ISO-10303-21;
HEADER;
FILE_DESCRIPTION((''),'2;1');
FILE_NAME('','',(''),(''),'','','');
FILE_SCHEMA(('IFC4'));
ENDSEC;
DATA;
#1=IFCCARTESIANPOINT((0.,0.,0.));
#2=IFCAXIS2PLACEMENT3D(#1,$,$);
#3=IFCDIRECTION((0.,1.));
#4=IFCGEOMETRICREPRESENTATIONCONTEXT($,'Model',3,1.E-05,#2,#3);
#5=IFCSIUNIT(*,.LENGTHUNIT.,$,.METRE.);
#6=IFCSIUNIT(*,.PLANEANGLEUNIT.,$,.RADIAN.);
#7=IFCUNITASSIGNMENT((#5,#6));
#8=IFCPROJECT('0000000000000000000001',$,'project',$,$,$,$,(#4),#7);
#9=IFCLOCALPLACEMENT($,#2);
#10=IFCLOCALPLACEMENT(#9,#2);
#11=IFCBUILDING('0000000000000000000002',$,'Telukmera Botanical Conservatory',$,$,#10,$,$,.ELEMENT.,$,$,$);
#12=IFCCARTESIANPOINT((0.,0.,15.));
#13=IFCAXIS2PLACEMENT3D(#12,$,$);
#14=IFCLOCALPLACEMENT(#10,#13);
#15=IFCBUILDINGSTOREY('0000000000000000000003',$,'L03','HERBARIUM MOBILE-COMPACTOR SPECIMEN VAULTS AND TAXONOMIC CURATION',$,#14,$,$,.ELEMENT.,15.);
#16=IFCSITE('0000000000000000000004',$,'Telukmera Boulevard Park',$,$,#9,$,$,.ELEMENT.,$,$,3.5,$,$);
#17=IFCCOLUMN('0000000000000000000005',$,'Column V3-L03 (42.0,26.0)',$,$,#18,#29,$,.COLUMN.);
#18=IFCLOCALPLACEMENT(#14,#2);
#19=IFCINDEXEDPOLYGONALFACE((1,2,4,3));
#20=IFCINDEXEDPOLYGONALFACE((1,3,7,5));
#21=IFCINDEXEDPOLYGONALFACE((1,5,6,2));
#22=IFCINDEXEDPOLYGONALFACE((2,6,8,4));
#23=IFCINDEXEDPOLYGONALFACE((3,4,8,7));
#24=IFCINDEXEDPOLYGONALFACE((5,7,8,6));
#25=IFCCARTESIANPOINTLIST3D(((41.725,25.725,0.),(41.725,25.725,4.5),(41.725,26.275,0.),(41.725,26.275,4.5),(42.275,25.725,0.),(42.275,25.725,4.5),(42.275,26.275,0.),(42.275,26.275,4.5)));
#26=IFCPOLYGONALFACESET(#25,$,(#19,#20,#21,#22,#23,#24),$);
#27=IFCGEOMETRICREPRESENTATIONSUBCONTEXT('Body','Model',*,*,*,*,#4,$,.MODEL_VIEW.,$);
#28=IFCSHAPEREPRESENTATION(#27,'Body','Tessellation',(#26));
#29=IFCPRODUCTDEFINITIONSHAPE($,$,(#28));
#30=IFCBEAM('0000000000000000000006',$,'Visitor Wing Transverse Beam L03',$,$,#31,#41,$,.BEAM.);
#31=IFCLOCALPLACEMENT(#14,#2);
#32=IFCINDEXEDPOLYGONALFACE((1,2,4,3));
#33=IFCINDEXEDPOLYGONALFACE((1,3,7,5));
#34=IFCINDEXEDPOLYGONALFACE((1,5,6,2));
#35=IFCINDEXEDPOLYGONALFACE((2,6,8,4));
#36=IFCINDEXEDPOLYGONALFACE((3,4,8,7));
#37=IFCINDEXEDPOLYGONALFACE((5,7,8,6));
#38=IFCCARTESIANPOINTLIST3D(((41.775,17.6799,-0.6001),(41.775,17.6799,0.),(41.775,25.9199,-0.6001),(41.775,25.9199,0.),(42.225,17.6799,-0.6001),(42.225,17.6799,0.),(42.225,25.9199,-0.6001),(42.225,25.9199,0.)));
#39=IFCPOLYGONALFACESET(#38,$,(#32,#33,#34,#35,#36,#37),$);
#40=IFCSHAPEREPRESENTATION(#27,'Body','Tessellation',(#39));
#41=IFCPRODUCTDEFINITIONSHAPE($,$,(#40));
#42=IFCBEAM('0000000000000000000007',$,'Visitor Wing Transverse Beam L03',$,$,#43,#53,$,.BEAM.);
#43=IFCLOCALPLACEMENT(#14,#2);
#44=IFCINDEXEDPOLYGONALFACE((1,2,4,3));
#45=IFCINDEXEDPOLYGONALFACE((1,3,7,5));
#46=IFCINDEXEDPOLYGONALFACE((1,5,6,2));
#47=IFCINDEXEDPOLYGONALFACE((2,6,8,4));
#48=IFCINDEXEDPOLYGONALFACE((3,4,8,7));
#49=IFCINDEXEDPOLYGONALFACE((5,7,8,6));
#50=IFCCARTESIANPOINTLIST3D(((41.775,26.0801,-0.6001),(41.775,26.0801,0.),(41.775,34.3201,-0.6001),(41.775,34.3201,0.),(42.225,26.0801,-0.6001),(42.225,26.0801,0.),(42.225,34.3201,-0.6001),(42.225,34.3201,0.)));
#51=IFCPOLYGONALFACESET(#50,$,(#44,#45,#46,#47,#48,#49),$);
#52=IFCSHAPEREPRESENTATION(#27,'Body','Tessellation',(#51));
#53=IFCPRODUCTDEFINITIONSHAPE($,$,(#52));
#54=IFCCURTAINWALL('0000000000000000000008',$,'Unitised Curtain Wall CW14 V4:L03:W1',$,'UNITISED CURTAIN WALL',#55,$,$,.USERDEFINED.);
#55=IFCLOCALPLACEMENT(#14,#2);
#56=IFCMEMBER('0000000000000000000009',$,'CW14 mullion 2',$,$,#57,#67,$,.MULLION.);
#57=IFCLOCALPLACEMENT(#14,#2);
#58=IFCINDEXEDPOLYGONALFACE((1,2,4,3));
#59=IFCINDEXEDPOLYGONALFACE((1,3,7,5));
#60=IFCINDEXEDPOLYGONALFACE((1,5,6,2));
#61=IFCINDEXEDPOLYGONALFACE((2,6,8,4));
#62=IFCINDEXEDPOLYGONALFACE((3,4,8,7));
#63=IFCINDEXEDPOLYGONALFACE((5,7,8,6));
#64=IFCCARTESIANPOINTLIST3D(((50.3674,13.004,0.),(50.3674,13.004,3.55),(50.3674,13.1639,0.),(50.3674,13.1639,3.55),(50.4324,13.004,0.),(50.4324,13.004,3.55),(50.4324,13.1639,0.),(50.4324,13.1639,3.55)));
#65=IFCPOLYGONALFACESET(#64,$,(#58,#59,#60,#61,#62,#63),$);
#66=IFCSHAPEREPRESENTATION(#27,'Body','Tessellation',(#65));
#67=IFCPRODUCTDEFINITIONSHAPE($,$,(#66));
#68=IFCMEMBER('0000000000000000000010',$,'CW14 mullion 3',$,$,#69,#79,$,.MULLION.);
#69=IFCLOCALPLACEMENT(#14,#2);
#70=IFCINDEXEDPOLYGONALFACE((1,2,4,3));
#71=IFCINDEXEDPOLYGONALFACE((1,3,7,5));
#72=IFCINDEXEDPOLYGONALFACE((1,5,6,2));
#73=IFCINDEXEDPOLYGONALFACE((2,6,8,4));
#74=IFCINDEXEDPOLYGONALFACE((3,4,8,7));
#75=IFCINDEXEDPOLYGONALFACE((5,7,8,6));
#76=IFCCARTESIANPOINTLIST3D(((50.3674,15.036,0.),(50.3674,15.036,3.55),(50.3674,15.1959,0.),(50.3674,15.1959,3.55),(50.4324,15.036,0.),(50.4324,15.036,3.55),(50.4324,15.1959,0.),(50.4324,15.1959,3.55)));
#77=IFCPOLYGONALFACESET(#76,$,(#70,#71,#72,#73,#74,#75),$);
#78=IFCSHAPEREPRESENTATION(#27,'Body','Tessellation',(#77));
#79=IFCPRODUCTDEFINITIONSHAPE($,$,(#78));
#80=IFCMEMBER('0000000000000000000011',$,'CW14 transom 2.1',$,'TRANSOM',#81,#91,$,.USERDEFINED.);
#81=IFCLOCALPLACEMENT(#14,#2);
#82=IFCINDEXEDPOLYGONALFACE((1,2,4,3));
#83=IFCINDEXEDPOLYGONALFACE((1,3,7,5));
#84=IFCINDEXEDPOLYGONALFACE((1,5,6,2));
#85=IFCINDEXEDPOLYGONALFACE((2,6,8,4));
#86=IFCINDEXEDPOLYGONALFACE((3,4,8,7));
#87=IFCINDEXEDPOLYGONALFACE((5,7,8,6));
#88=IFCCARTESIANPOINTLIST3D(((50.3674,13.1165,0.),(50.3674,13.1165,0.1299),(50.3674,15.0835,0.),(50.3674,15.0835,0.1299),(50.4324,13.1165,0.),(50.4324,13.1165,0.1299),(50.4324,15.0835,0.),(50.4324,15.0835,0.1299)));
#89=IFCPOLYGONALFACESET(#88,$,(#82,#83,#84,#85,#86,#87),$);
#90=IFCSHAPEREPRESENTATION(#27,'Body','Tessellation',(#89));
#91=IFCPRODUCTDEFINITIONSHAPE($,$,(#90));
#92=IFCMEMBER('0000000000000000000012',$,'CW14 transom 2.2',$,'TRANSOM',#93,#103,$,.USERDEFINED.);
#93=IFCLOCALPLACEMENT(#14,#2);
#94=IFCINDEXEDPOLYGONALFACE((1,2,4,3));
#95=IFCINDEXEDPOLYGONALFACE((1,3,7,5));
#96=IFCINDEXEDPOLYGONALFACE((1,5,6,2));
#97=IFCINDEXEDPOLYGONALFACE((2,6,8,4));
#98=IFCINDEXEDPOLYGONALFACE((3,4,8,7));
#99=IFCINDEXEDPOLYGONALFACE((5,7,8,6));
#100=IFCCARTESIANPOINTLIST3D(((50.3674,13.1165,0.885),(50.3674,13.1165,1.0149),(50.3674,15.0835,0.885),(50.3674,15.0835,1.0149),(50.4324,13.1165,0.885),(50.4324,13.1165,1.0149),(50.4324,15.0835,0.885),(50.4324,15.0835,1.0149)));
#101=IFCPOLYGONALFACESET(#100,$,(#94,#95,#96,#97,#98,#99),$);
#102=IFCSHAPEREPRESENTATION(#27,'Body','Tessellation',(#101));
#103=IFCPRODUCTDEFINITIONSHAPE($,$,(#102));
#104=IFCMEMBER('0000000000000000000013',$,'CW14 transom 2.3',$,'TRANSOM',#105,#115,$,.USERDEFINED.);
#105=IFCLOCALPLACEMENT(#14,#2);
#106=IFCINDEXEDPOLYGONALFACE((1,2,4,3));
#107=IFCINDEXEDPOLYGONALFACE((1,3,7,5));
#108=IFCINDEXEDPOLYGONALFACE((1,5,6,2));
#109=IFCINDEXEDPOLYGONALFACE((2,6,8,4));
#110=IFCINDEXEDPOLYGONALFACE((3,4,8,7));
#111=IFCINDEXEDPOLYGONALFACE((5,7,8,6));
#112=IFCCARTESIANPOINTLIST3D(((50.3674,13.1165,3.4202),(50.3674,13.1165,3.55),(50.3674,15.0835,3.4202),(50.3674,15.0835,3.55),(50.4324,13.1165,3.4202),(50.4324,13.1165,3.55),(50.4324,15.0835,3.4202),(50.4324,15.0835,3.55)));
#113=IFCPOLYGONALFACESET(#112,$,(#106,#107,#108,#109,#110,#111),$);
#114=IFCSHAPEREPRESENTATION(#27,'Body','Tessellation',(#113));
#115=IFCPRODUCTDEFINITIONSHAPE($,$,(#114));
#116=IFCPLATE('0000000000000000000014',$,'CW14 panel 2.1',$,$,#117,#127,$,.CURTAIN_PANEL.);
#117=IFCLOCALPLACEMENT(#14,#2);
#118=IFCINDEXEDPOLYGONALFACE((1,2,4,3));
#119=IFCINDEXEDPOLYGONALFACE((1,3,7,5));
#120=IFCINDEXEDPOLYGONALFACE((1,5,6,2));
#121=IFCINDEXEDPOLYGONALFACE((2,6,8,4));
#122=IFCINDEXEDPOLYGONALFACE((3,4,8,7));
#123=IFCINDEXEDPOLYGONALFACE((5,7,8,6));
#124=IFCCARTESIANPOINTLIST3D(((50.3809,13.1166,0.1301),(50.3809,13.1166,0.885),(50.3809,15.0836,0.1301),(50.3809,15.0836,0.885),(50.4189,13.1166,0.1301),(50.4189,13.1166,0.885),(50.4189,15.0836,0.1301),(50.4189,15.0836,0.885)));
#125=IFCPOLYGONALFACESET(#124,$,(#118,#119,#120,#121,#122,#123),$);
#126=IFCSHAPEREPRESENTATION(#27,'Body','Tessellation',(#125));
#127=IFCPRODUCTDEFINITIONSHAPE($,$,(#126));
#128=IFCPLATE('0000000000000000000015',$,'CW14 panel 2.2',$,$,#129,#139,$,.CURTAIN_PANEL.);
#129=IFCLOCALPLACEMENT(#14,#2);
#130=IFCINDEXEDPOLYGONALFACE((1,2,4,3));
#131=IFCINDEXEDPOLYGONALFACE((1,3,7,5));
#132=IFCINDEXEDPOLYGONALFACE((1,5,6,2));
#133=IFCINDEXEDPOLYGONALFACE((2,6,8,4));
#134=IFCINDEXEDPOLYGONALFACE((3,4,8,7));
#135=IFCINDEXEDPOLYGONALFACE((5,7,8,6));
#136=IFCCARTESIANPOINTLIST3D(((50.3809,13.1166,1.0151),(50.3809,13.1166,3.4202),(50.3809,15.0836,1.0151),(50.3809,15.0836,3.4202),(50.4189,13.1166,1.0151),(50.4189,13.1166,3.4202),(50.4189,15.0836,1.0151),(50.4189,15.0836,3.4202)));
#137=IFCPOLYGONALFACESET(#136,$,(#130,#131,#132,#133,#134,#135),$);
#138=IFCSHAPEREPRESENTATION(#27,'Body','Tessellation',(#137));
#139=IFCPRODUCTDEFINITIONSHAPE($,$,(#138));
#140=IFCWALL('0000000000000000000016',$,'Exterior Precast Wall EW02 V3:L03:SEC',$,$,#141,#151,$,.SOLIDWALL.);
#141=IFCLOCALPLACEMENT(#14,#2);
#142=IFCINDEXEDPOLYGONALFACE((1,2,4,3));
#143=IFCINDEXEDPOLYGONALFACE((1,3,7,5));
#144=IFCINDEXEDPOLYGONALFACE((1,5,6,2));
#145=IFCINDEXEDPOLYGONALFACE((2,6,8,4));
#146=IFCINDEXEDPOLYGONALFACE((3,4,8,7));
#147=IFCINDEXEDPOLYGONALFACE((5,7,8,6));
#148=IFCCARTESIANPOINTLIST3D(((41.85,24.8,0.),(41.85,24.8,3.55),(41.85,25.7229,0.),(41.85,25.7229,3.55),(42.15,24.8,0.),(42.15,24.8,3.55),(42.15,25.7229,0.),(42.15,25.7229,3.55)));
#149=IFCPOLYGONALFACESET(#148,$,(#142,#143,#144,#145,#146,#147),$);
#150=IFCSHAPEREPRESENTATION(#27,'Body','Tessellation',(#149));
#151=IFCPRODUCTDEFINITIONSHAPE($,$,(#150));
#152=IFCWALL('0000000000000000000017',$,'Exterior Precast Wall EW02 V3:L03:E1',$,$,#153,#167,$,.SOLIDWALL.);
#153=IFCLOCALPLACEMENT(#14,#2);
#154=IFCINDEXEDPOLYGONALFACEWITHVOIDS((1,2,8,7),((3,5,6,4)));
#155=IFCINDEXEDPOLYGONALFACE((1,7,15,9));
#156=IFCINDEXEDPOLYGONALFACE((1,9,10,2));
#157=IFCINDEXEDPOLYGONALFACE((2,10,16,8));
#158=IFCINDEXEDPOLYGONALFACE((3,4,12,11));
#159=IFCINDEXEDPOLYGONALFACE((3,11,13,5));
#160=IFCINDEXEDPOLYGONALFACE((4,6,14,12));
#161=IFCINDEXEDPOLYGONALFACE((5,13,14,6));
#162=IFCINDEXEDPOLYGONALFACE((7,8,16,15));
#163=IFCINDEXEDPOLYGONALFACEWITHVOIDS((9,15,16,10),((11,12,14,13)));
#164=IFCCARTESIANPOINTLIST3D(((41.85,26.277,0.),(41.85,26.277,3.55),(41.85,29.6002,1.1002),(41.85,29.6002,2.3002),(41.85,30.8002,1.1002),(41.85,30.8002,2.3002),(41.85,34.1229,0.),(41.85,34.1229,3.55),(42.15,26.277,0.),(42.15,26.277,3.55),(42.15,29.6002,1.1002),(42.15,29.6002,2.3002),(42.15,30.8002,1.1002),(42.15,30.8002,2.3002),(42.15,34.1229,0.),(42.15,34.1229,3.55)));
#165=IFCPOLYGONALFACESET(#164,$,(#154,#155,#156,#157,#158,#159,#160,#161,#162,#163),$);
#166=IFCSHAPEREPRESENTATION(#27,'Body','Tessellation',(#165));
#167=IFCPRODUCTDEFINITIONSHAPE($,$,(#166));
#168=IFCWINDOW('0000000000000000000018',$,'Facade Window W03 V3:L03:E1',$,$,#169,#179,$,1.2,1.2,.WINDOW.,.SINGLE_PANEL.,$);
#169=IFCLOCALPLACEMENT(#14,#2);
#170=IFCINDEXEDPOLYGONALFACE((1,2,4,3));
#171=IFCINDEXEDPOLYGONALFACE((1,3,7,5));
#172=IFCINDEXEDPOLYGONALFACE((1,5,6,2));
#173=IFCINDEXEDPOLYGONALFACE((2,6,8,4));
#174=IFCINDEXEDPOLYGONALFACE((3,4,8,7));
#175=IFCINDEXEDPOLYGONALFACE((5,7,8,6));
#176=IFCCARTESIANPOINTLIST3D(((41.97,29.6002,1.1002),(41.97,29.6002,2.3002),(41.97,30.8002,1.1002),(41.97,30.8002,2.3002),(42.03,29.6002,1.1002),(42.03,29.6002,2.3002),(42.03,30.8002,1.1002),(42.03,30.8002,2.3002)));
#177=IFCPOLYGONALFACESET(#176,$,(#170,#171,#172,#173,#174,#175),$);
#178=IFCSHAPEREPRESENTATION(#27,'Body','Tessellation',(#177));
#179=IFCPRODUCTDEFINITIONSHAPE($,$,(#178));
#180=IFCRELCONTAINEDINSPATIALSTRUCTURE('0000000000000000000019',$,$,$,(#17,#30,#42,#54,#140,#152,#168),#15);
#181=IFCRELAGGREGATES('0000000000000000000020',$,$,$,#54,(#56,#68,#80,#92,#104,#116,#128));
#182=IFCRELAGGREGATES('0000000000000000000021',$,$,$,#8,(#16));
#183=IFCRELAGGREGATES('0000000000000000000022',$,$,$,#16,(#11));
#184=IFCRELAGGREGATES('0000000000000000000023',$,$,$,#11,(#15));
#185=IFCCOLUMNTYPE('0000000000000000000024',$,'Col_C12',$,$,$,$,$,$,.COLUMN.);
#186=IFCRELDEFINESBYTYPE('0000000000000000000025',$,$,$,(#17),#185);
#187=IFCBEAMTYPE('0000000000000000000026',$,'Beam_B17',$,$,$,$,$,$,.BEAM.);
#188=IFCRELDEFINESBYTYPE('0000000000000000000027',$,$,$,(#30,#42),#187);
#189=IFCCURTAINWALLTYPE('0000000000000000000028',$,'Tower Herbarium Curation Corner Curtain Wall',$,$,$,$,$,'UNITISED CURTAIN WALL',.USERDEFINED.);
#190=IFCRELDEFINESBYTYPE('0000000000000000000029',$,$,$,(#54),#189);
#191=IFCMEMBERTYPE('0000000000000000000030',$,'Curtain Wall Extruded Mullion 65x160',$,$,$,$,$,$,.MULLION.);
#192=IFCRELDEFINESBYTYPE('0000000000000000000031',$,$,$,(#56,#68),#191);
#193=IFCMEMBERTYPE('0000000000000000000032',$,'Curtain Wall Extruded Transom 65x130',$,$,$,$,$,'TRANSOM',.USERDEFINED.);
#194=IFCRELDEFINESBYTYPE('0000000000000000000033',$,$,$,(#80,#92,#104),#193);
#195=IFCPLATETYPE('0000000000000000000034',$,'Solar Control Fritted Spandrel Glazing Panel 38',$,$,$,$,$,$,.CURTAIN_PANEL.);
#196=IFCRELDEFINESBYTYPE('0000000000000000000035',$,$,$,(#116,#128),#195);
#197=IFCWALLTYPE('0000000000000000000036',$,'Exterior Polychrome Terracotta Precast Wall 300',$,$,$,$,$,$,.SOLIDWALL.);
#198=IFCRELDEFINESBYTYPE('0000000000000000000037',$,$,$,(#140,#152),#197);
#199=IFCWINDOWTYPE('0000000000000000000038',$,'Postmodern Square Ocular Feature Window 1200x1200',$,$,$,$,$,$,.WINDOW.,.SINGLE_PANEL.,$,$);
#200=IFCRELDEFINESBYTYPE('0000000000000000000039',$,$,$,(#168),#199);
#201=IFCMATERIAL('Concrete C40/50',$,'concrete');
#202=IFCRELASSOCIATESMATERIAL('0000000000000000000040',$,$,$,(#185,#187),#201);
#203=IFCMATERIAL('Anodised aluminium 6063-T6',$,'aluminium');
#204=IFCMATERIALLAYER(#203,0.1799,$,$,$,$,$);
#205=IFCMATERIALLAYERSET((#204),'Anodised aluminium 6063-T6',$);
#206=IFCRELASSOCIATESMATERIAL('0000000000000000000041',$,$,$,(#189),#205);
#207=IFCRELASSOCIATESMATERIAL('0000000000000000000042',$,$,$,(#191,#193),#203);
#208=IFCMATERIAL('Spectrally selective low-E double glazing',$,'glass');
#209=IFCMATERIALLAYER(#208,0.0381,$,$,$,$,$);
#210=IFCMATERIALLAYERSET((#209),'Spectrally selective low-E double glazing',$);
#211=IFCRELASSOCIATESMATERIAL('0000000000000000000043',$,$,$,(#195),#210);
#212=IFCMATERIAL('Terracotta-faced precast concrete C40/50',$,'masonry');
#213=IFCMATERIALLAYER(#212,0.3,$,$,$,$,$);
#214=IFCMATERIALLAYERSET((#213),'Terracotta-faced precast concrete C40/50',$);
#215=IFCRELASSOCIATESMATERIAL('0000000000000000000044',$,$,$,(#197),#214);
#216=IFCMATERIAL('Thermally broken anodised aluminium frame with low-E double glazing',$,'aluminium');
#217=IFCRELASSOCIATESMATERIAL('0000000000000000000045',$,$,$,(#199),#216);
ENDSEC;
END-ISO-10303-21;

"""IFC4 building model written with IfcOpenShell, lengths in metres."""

from ifc_helpers import new_model, si_unit, direction, frame, frame_2d, origin, origin_2d, place, context, subcontext, project, spatial, rectangle, extrude, material, layer, layer_set, material_profile, profile_set, type_object, element, fill, aggregate, save


model = new_model("IFC4")

# Units and contexts
model_context = context("Model", 3, precision=1e-05, world=origin(), true_north=direction((0.0, 1.0)))
body_context = subcontext(model_context, "Body", "Model", "MODEL_VIEW")
ifc_project = project(units=[si_unit("LENGTHUNIT", "METRE"), si_unit("PLANEANGLEUNIT", "RADIAN")], contexts=[model_context])

# Site, building, storey
site_placement = place(None, origin())
site = spatial("IfcSite", under=ifc_project, at=site_placement, Name="Telukmera Boulevard Park", CompositionType="ELEMENT", RefElevation=3.5)
building_placement = place(site_placement, origin())
building = spatial("IfcBuilding", under=site, at=building_placement, Name="Telukmera Botanical Conservatory", CompositionType="ELEMENT")
storey_placement = place(building_placement, frame((0.0, 0.0, 15.0)))
storey = spatial("IfcBuildingStorey", under=building, at=storey_placement, Name="L03", Description="HERBARIUM MOBILE-COMPACTOR SPECIMEN VAULTS AND TAXONOMIC CURATION", CompositionType="ELEMENT", Elevation=15.0)

# Column
ifc_material_1 = material(Name="Concrete C40/50", Category="concrete")
ifc_material_profile_1 = material_profile(ifc_material_1, rectangle(XDim=0.55, YDim=0.55, at=origin_2d()), Name="RC 550x550")
ifc_profile_set_1 = profile_set([ifc_material_profile_1], Name="Concrete C40/50")
column_type = type_object("IfcColumnType", Name="Col_C12", PredefinedType="COLUMN", material=ifc_profile_set_1)
column_placement = place(storey_placement, frame((42.0, 26.0, 0.0), z_axis=(0.0, 0.0, 1.0), x_axis=(1.0, 0.0, 0.0)))
element("IfcColumn", 1, at=column_placement, inside=storey, type_object=column_type, Name="Column V3-L03 (42.0,26.0)", PredefinedType="COLUMN", context=body_context, shape_type="SweptSolid", body=[
    extrude(rectangle(XDim=0.55, YDim=0.55, at=origin_2d()), origin(), (0.0, 0.0, 1.0), 4.5),
])

# Beams
ifc_material_profile_2 = material_profile(ifc_material_1, rectangle(XDim=0.45, YDim=0.6001, at=origin_2d()), Name="RC 450x600")
ifc_profile_set_2 = profile_set([ifc_material_profile_2], Name="Concrete C40/50")
beam_type = type_object("IfcBeamType", Name="Beam_B17", PredefinedType="BEAM", material=ifc_profile_set_2)
for number, where, z_axis, x_axis, name in (
    (2, (42.0, 17.6799, -0.3), (0.0, 1.0, 0.0), (-1.0, 0.0, 0.0), "Visitor Wing Transverse Beam L03"),
    (3, (42.0, 26.0801, -0.3), (0.0, 1.0, 0.0), (-1.0, 0.0, 0.0), "Visitor Wing Transverse Beam L03"),
):
    element("IfcBeam", number, at=place(storey_placement, frame(where, z_axis=z_axis, x_axis=x_axis)), inside=storey, type_object=beam_type, Name=name, PredefinedType="BEAM", context=body_context, shape_type="SweptSolid", body=[
        extrude(rectangle(XDim=0.45, YDim=0.6001, at=origin_2d()), origin(), (0.0, 0.0, 1.0), 8.24),
    ])

# Curtain wall, members, plates
ifc_material_2 = material(Name="Anodised aluminium 6063-T6", Category="aluminium")
ifc_layer_1 = layer(ifc_material_2, 0.1799)
ifc_layer_set_1 = layer_set([ifc_layer_1], Name="Anodised aluminium 6063-T6")
curtain_wall_type = type_object("IfcCurtainWallType", Name="Tower Herbarium Curation Corner Curtain Wall", ElementType="UNITISED CURTAIN WALL", PredefinedType="USERDEFINED", material=ifc_layer_set_1)
curtain_wall_placement = place(storey_placement, origin())
curtain_wall = element("IfcCurtainWall", 4, at=curtain_wall_placement, inside=storey, type_object=curtain_wall_type, Name="Unitised Curtain Wall CW14 V4:L03:W1", ObjectType="UNITISED CURTAIN WALL", PredefinedType="USERDEFINED")
ifc_material_profile_3 = material_profile(ifc_material_2, rectangle(XDim=0.0649, YDim=0.1599, at=origin_2d()), Name="ALU MULL 65x160")
ifc_profile_set_3 = profile_set([ifc_material_profile_3], Name="Anodised aluminium 6063-T6")
member_type_1 = type_object("IfcMemberType", Name="Curtain Wall Extruded Mullion 65x160", PredefinedType="MULLION", material=ifc_profile_set_3)
member_1_placement = place(storey_placement, frame((50.3999, 13.084, 0.0), z_axis=(0.0, 0.0, 1.0), x_axis=(-1.0, 0.0, 0.0)))
member_1 = element("IfcMember", 5, at=member_1_placement, type_object=member_type_1, Name="CW14 mullion 2", PredefinedType="MULLION", context=body_context, shape_type="SweptSolid", body=[
    extrude(rectangle(XDim=0.0649, YDim=0.1599, at=origin_2d()), origin(), (0.0, 0.0, 1.0), 3.55),
])
member_2_placement = place(storey_placement, frame((50.3999, 15.116, 0.0), z_axis=(0.0, 0.0, 1.0), x_axis=(-1.0, 0.0, 0.0)))
member_2 = element("IfcMember", 6, at=member_2_placement, type_object=member_type_1, Name="CW14 mullion 3", PredefinedType="MULLION", context=body_context, shape_type="SweptSolid", body=[
    extrude(rectangle(XDim=0.0649, YDim=0.1599, at=origin_2d()), origin(), (0.0, 0.0, 1.0), 3.55),
])
ifc_material_profile_4 = material_profile(ifc_material_2, rectangle(XDim=0.0649, YDim=0.1299, at=origin_2d()), Name="ALU TRAN 65x130")
ifc_profile_set_4 = profile_set([ifc_material_profile_4], Name="Anodised aluminium 6063-T6")
member_type_2 = type_object("IfcMemberType", Name="Curtain Wall Extruded Transom 65x130", ElementType="TRANSOM", PredefinedType="USERDEFINED", material=ifc_profile_set_4)
member_3_placement = place(storey_placement, frame((50.3999, 13.1165, 0.0649), z_axis=(0.0, 1.0, 0.0), x_axis=(-1.0, 0.0, 0.0)))
member_3 = element("IfcMember", 7, at=member_3_placement, type_object=member_type_2, Name="CW14 transom 2.1", ObjectType="TRANSOM", PredefinedType="USERDEFINED", context=body_context, shape_type="SweptSolid", body=[
    extrude(rectangle(XDim=0.0649, YDim=0.1299, at=origin_2d()), origin(), (0.0, 0.0, 1.0), 1.967),
])
member_4_placement = place(storey_placement, frame((50.3999, 13.1165, 0.95), z_axis=(0.0, 1.0, 0.0), x_axis=(-1.0, 0.0, 0.0)))
member_4 = element("IfcMember", 8, at=member_4_placement, type_object=member_type_2, Name="CW14 transom 2.2", ObjectType="TRANSOM", PredefinedType="USERDEFINED", context=body_context, shape_type="SweptSolid", body=[
    extrude(rectangle(XDim=0.0649, YDim=0.1299, at=origin_2d()), origin(), (0.0, 0.0, 1.0), 1.967),
])
member_5_placement = place(storey_placement, frame((50.3999, 13.1165, 3.4851), z_axis=(0.0, 1.0, 0.0), x_axis=(-1.0, 0.0, 0.0)))
member_5 = element("IfcMember", 9, at=member_5_placement, type_object=member_type_2, Name="CW14 transom 2.3", ObjectType="TRANSOM", PredefinedType="USERDEFINED", context=body_context, shape_type="SweptSolid", body=[
    extrude(rectangle(XDim=0.0649, YDim=0.1299, at=origin_2d()), origin(), (0.0, 0.0, 1.0), 1.967),
])
ifc_material_3 = material(Name="Spectrally selective low-E double glazing", Category="glass")
ifc_layer_2 = layer(ifc_material_3, 0.0381)
ifc_layer_set_2 = layer_set([ifc_layer_2], Name="Spectrally selective low-E double glazing")
plate_type = type_object("IfcPlateType", Name="Solar Control Fritted Spandrel Glazing Panel 38", PredefinedType="CURTAIN_PANEL", material=ifc_layer_set_2)
plate_1_placement = place(storey_placement, frame((50.3999, 14.1001, 0.1301), z_axis=(0.0, 0.0, 1.0), x_axis=(0.0, 1.0, 0.0)))
plate_1 = element("IfcPlate", 10, at=plate_1_placement, type_object=plate_type, Name="CW14 panel 2.1", PredefinedType="CURTAIN_PANEL", context=body_context, shape_type="SweptSolid", body=[
    extrude(rectangle(XDim=1.967, YDim=0.0381, at=origin_2d()), origin(), (0.0, 0.0, 1.0), 0.7549),
])
plate_2_placement = place(storey_placement, frame((50.3999, 14.1001, 1.0151), z_axis=(0.0, 0.0, 1.0), x_axis=(0.0, 1.0, 0.0)))
plate_2 = element("IfcPlate", 11, at=plate_2_placement, type_object=plate_type, Name="CW14 panel 2.2", PredefinedType="CURTAIN_PANEL", context=body_context, shape_type="SweptSolid", body=[
    extrude(rectangle(XDim=1.967, YDim=0.0381, at=origin_2d()), origin(), (0.0, 0.0, 1.0), 2.405),
])
aggregate(curtain_wall, [member_1, member_2, member_3, member_4, member_5, plate_1, plate_2])

# Wall
ifc_material_4 = material(Name="Terracotta-faced precast concrete C40/50", Category="masonry")
ifc_layer_3 = layer(ifc_material_4, 0.3)
ifc_layer_set_3 = layer_set([ifc_layer_3], Name="Terracotta-faced precast concrete C40/50")
wall_type_1 = type_object("IfcWallType", Name="Exterior Polychrome Terracotta Precast Wall 300", PredefinedType="SOLIDWALL", material=ifc_layer_set_3)
wall_1_placement = place(storey_placement, frame((42.0, 24.8, 0.0), z_axis=(0.0, 0.0, 1.0), x_axis=(0.0, 1.0, 0.0)))
element("IfcWall", 12, at=wall_1_placement, inside=storey, type_object=wall_type_1, Name="Exterior Precast Wall EW02 V3:L03:SEC", PredefinedType="SOLIDWALL", context=body_context, shape_type="SweptSolid", body=[
    extrude(rectangle(XDim=0.9229, YDim=0.3, at=frame_2d((0.4614, 0.0))), origin(), (0.0, 0.0, 1.0), 3.55),
])

# Wall, opening, window
wall_2_placement = place(storey_placement, frame((42.0, 26.2771, 0.0), z_axis=(0.0, 0.0, 1.0), x_axis=(0.0, 1.0, 0.0)))
wall_2 = element("IfcWall", 13, at=wall_2_placement, inside=storey, type_object=wall_type_1, Name="Exterior Precast Wall EW02 V3:L03:E1", PredefinedType="SOLIDWALL", context=body_context, shape_type="SweptSolid", body=[
    extrude(rectangle(XDim=7.8459, YDim=0.3, at=frame_2d((3.9229, 0.0))), origin(), (0.0, 0.0, 1.0), 3.55),
])
opening_1_placement = place(wall_2_placement, frame((3.323, 0.0, 1.1001)))
opening_1 = element("IfcOpeningElement", 14, at=opening_1_placement, cuts=wall_2, PredefinedType="OPENING", context=body_context, shape_type="SweptSolid", body=[
    extrude(rectangle(XDim=1.2, YDim=1.2, at=frame_2d((0.6001, 0.6001))), frame((0.0, 0.1599, 0.0), z_axis=(0.0, -1.0, 0.0), x_axis=(1.0, 0.0, 0.0)), (0.0, 0.0, 1.0), 0.3201),
])
ifc_material_5 = material(Name="Thermally broken anodised aluminium frame with low-E double glazing", Category="aluminium")
window_type = type_object("IfcWindowType", Name="Postmodern Square Ocular Feature Window 1200x1200", PartitioningType="SINGLE_PANEL", PredefinedType="WINDOW", material=ifc_material_5)
window_placement = place(opening_1_placement, origin())
window = element("IfcWindow", 15, at=window_placement, inside=storey, type_object=window_type, Name="Facade Window W03 V3:L03:E1", OverallHeight=1.2, OverallWidth=1.2, PartitioningType="SINGLE_PANEL", PredefinedType="WINDOW", context=body_context, shape_type="SweptSolid", body=[
    extrude(rectangle(XDim=1.2, YDim=1.2, at=frame_2d((0.6001, 0.6001))), frame((0.0, 0.03, 0.0), z_axis=(0.0, -1.0, 0.0), x_axis=(1.0, 0.0, 0.0)), (0.0, 0.0, 1.0), 0.0601),
])
fill(opening_1, window)

save(model, "model.ifc")
